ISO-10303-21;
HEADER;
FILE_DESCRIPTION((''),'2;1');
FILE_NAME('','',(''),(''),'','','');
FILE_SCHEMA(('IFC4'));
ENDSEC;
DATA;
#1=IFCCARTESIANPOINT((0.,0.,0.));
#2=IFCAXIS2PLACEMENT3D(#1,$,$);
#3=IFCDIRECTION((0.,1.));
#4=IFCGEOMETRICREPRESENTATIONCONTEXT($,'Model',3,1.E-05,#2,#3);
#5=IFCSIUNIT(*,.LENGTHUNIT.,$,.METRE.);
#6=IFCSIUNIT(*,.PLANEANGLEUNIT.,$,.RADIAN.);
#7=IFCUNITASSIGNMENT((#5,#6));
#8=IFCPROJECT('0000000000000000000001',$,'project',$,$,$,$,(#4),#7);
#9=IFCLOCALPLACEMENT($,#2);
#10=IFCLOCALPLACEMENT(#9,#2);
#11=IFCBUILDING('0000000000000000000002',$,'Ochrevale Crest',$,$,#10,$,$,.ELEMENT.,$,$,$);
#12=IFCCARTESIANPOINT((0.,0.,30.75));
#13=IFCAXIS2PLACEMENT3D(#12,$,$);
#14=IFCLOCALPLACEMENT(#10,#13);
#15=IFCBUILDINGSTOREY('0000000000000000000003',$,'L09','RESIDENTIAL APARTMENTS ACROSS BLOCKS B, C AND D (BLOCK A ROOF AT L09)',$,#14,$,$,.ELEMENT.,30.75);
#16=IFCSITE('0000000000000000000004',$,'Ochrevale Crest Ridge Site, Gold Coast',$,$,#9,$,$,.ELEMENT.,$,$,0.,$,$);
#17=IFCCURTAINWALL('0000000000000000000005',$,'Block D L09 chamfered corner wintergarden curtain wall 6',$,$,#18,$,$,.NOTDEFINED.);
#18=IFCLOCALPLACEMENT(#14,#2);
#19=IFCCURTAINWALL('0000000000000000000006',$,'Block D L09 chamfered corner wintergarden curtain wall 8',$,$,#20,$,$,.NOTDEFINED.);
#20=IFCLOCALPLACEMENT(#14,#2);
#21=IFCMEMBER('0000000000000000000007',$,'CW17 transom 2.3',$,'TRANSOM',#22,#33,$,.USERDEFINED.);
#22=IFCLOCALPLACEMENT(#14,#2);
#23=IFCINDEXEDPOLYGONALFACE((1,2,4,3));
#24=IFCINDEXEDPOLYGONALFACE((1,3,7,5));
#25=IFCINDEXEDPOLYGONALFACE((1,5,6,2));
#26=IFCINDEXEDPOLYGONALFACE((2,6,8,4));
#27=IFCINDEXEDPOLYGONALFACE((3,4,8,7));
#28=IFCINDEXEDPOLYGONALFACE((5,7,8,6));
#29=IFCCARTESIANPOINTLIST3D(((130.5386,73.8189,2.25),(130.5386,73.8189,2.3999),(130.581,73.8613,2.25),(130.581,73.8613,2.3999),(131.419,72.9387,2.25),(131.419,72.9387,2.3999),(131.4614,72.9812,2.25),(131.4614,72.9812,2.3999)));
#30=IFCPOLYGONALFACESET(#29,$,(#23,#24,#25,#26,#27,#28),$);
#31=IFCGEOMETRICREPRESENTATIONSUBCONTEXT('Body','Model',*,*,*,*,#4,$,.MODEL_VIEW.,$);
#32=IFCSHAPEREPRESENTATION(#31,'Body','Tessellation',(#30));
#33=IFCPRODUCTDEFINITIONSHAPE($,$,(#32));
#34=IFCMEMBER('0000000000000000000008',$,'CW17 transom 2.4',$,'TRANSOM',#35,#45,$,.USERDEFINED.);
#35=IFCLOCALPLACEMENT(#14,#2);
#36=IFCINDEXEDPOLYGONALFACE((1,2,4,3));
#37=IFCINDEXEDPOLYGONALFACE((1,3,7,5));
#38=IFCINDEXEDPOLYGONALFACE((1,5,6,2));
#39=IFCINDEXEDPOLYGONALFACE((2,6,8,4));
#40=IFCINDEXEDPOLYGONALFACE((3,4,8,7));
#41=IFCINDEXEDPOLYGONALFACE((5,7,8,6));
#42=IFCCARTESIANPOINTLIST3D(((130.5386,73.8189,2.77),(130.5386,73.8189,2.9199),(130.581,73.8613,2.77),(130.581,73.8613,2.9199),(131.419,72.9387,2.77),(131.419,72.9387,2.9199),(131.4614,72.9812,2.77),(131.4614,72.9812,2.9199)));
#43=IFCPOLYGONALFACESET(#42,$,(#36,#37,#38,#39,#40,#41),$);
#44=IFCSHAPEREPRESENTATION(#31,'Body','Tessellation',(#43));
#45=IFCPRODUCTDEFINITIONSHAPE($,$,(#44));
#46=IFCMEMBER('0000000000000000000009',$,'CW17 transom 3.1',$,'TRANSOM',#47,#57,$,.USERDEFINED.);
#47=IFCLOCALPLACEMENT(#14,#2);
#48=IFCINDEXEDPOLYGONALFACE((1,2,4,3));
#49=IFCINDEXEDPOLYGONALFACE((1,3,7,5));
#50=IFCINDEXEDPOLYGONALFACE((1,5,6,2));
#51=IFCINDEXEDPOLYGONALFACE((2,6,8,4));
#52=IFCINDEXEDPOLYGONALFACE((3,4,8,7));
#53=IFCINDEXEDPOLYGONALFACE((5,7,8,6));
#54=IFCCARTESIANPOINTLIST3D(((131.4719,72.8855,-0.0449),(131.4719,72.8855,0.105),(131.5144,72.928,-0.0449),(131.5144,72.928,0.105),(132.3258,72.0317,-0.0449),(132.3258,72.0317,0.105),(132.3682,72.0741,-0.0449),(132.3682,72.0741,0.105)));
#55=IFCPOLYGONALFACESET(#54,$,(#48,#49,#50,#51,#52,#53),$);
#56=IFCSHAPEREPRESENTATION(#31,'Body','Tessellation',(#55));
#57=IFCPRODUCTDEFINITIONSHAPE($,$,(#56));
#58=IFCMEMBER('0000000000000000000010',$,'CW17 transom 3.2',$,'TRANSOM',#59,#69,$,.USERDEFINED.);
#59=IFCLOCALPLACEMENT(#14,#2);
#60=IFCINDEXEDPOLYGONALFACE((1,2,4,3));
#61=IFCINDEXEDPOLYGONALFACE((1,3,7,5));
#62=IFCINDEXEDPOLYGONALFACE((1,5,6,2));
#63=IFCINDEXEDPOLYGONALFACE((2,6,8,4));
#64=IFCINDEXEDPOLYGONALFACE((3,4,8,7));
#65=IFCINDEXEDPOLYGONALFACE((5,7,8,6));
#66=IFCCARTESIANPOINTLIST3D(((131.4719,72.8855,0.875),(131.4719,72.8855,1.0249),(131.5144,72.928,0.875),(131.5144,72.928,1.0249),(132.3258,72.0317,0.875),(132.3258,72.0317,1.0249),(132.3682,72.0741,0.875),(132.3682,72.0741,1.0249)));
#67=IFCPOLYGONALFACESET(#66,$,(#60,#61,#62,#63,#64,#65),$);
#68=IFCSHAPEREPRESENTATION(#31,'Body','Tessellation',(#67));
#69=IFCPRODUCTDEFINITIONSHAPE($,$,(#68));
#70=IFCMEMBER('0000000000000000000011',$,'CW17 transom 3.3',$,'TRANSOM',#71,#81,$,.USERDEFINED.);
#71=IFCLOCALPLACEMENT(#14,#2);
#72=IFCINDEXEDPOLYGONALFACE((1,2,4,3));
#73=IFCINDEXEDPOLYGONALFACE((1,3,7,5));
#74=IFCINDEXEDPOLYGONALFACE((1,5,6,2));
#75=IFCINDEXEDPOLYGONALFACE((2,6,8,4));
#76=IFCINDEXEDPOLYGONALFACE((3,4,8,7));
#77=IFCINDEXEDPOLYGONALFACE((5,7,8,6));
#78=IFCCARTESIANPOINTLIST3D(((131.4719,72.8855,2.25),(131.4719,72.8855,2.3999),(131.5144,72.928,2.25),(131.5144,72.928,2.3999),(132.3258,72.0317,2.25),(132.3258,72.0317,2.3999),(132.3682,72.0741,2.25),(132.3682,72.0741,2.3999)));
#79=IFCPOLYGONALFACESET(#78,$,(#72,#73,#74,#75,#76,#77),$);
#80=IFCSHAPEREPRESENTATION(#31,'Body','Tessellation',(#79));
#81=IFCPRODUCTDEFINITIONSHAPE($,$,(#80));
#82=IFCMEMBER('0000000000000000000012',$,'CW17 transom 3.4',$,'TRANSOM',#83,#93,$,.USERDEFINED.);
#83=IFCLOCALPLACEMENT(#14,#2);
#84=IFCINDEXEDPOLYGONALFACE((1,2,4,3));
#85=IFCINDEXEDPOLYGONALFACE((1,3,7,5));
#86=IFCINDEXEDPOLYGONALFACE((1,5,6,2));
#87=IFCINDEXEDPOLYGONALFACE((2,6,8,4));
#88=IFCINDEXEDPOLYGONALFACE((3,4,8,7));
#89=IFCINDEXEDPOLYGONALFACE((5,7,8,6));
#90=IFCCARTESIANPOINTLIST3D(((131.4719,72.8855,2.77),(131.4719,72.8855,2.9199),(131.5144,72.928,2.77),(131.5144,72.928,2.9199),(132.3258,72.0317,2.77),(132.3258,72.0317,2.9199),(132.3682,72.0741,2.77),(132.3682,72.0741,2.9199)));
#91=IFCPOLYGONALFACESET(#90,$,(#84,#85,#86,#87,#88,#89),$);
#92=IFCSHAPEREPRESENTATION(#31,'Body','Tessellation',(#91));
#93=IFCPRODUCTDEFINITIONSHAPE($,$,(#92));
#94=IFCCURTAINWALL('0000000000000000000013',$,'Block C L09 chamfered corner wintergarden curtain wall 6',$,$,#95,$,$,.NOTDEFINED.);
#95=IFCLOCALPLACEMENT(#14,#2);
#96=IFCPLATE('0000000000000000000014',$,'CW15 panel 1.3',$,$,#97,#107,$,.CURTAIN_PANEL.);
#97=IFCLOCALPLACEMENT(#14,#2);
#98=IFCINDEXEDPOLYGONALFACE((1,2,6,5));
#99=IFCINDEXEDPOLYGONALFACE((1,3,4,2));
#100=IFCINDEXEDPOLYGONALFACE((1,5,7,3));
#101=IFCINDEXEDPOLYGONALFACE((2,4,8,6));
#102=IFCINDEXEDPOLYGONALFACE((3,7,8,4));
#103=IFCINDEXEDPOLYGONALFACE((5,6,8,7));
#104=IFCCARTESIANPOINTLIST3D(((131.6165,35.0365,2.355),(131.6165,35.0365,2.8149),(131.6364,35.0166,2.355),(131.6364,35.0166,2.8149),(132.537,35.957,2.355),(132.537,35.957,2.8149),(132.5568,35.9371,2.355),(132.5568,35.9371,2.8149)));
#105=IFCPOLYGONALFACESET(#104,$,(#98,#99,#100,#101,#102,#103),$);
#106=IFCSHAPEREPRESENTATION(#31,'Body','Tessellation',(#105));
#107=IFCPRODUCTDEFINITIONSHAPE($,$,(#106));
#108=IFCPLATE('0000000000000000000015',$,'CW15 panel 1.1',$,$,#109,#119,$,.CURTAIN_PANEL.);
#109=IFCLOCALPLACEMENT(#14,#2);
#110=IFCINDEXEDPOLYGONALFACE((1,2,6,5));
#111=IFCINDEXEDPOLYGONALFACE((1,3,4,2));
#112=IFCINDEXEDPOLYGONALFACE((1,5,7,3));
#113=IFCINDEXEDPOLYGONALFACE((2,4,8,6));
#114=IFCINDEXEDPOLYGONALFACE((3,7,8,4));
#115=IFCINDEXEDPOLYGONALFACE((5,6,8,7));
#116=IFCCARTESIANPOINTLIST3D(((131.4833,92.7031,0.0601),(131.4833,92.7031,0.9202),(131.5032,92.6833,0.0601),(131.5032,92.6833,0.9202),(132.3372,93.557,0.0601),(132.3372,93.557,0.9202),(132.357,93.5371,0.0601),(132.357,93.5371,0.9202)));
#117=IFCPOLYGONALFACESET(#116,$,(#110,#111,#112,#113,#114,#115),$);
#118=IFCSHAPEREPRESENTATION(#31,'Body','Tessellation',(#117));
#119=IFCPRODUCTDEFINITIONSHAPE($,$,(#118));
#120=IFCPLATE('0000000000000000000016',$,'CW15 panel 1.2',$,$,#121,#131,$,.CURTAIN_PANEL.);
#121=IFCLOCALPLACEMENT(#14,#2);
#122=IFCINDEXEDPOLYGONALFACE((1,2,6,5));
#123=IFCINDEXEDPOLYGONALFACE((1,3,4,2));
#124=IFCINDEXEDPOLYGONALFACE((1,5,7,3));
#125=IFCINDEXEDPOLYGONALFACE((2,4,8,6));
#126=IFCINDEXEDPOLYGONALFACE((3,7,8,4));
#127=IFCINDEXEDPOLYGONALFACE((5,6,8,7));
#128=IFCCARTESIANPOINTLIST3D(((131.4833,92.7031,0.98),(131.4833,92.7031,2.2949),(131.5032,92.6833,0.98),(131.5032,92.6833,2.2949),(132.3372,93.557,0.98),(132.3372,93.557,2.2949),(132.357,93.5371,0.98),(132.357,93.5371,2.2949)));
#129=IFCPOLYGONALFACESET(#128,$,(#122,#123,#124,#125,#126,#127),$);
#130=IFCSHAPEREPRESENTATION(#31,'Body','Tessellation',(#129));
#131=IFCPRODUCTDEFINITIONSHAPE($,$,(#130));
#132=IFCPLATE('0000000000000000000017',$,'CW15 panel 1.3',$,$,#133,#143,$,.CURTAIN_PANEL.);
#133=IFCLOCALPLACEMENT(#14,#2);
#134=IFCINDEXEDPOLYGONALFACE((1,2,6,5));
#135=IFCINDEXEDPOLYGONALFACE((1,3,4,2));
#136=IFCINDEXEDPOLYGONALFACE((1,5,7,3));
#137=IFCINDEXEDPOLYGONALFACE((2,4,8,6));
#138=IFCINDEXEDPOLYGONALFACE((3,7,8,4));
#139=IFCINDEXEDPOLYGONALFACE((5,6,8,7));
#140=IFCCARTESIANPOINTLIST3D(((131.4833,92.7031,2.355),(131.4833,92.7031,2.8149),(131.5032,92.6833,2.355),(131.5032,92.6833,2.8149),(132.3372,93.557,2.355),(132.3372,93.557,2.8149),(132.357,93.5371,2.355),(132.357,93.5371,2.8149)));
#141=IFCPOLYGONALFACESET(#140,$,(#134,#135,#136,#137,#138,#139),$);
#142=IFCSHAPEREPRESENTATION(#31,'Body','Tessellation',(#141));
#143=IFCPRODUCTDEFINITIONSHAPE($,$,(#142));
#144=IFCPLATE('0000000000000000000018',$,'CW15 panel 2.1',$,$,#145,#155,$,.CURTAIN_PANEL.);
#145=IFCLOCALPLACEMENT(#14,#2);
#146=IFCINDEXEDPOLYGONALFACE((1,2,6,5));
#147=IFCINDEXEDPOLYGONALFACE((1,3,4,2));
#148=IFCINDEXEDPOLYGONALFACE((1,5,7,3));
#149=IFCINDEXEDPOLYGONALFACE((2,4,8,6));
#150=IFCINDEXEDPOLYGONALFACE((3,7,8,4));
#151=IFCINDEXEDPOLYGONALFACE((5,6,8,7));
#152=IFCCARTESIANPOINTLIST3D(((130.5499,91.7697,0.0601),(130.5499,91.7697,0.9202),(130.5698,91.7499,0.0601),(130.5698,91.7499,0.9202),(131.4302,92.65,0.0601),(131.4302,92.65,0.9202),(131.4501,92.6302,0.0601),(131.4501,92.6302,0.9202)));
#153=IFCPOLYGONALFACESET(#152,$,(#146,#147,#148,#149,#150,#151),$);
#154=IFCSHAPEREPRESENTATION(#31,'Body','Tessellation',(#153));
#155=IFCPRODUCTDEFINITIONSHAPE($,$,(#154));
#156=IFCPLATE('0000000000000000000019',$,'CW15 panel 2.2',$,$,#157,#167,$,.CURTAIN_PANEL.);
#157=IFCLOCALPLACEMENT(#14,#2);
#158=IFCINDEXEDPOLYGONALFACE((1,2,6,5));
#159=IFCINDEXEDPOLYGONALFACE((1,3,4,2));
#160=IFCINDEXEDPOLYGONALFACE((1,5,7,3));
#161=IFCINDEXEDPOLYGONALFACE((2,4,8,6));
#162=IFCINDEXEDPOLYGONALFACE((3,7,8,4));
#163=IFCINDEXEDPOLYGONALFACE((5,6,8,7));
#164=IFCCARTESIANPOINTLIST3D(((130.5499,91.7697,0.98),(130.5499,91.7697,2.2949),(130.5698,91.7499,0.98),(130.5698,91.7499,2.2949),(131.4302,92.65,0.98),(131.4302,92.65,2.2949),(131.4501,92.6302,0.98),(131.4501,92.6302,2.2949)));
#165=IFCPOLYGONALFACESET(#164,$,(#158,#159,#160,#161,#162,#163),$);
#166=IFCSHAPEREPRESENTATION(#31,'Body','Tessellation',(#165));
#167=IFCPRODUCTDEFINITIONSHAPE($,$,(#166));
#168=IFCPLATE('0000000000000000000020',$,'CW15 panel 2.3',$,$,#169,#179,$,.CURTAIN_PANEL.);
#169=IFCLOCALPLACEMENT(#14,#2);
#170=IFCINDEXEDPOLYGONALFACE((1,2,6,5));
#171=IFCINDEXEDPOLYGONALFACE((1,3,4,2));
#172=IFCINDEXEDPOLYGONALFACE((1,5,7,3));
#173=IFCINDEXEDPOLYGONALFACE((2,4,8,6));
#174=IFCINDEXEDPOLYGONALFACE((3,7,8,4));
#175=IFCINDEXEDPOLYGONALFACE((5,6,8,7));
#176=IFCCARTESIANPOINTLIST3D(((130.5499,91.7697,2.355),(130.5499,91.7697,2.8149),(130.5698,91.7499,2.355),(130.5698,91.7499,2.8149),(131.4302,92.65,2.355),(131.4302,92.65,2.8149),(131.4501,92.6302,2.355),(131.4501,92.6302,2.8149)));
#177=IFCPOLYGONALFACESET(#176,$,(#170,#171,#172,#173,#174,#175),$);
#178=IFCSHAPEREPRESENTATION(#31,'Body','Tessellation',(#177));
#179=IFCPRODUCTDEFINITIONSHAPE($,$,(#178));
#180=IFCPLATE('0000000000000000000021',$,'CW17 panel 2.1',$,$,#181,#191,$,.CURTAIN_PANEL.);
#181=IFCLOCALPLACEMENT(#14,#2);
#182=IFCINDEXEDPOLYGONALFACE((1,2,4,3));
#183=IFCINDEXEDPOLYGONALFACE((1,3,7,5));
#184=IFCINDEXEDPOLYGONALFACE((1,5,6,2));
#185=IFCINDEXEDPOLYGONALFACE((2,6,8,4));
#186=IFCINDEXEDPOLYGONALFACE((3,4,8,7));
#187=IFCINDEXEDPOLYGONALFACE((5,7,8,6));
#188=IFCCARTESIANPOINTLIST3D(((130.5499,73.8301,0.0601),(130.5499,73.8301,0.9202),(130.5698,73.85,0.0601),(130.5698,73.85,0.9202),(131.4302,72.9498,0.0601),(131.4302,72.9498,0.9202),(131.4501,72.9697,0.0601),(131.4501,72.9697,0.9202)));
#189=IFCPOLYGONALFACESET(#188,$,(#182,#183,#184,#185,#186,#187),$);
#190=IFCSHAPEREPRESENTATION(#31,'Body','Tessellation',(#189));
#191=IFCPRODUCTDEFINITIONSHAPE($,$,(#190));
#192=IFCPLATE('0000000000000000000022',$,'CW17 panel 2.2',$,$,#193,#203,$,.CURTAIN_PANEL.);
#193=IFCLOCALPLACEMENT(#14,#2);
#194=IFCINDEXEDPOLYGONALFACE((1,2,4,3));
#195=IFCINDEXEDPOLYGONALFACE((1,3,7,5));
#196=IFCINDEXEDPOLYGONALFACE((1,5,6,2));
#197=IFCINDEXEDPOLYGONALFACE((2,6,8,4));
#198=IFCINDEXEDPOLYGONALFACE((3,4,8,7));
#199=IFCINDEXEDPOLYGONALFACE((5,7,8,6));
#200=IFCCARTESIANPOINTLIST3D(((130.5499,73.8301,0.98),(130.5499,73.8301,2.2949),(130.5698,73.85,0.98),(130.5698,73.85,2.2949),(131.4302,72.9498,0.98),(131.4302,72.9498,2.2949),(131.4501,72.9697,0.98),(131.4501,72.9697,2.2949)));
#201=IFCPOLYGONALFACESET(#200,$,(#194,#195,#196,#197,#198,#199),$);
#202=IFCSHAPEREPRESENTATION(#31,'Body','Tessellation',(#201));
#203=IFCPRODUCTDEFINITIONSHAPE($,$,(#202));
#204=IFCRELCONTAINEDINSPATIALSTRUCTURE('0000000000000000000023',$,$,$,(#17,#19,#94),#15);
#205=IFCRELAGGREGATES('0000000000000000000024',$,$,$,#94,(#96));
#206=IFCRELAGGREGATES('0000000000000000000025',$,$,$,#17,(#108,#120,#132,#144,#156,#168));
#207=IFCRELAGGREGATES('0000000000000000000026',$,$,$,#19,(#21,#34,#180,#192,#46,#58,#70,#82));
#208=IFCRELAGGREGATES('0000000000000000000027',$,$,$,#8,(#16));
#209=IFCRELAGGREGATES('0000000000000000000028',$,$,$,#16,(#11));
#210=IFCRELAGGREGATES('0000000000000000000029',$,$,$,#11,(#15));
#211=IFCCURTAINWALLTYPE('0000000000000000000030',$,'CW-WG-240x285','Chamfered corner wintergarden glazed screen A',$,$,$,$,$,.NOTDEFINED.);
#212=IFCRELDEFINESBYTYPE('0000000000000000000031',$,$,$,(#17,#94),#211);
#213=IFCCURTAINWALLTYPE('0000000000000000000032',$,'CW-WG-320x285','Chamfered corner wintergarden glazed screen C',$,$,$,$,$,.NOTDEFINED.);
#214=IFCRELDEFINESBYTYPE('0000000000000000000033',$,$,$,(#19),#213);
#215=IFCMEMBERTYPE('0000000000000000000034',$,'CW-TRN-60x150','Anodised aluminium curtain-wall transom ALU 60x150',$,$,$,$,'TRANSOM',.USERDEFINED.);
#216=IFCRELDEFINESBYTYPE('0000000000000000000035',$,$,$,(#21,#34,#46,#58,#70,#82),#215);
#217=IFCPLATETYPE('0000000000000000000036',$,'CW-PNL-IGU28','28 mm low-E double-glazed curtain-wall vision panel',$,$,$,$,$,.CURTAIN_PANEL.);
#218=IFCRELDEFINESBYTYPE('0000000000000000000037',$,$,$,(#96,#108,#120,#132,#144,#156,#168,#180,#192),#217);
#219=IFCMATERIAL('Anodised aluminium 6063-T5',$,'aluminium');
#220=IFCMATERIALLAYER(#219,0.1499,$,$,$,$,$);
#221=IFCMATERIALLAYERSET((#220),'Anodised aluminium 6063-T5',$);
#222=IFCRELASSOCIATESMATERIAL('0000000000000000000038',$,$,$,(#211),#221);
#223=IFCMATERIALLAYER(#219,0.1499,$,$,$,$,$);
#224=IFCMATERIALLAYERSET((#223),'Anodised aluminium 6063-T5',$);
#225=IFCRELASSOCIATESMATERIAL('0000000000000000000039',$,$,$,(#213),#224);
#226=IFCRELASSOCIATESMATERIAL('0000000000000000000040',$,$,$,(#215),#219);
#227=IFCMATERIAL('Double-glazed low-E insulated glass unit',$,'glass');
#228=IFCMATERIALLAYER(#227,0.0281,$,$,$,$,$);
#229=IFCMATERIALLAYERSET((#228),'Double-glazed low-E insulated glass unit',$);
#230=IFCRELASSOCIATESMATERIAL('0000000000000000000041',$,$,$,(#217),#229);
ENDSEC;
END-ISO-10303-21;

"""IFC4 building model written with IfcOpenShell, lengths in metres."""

from ifc_helpers import new_model, si_unit, direction, frame, origin, origin_2d, place, context, subcontext, project, spatial, rectangle, extrude, material, layer, layer_set, material_profile, profile_set, type_object, element, aggregate, save


model = new_model("IFC4")

# Units and contexts
model_context = context("Model", 3, precision=1e-05, world=origin(), true_north=direction((0.0, 1.0)))
body_context = subcontext(model_context, "Body", "Model", "MODEL_VIEW")
ifc_project = project(units=[si_unit("LENGTHUNIT", "METRE"), si_unit("PLANEANGLEUNIT", "RADIAN")], contexts=[model_context])

# Site, building, storey
site_placement = place(None, origin())
site = spatial("IfcSite", under=ifc_project, at=site_placement, Name="Ochrevale Crest Ridge Site, Gold Coast", CompositionType="ELEMENT", RefElevation=0.0)
building_placement = place(site_placement, origin())
building = spatial("IfcBuilding", under=site, at=building_placement, Name="Ochrevale Crest", CompositionType="ELEMENT")
storey_placement = place(building_placement, frame((0.0, 0.0, 30.75)))
storey = spatial("IfcBuildingStorey", under=building, at=storey_placement, Name="L09", Description="RESIDENTIAL APARTMENTS ACROSS BLOCKS B, C AND D (BLOCK A ROOF AT L09)", CompositionType="ELEMENT", Elevation=30.75)

# Curtain walls
ifc_material_1 = material(Name="Anodised aluminium 6063-T5", Category="aluminium")
ifc_layer_1 = layer(ifc_material_1, 0.1499)
ifc_layer_set_1 = layer_set([ifc_layer_1], Name="Anodised aluminium 6063-T5")
curtain_wall_type_1 = type_object("IfcCurtainWallType", Name="CW-WG-240x285", Description="Chamfered corner wintergarden glazed screen A", PredefinedType="NOTDEFINED", material=ifc_layer_set_1)
curtain_wall_1_placement = place(storey_placement, origin())
curtain_wall_1 = element("IfcCurtainWall", 1, at=curtain_wall_1_placement, inside=storey, type_object=curtain_wall_type_1, Name="Block D L09 chamfered corner wintergarden curtain wall 6", PredefinedType="NOTDEFINED")
ifc_layer_2 = layer(ifc_material_1, 0.1499)
ifc_layer_set_2 = layer_set([ifc_layer_2], Name="Anodised aluminium 6063-T5")
curtain_wall_type_2 = type_object("IfcCurtainWallType", Name="CW-WG-320x285", Description="Chamfered corner wintergarden glazed screen C", PredefinedType="NOTDEFINED", material=ifc_layer_set_2)
curtain_wall_2_placement = place(storey_placement, origin())
curtain_wall_2 = element("IfcCurtainWall", 2, at=curtain_wall_2_placement, inside=storey, type_object=curtain_wall_type_2, Name="Block D L09 chamfered corner wintergarden curtain wall 8", PredefinedType="NOTDEFINED")

# Members
ifc_material_profile_1 = material_profile(ifc_material_1, rectangle(XDim=0.0601, YDim=0.1499, at=origin_2d()), Name="ALU 60x150")
ifc_profile_set_1 = profile_set([ifc_material_profile_1], Name="Anodised aluminium 6063-T5")
member_type_1 = type_object("IfcMemberType", Name="CW-TRN-60x150", Description="Anodised aluminium curtain-wall transom ALU 60x150", ElementType="TRANSOM", PredefinedType="USERDEFINED", material=ifc_profile_set_1)
member_1_placement = place(storey_placement, frame((130.5598, 73.8401, 2.325), z_axis=(0.707205, -0.707009, 0.0), x_axis=(0.707009, 0.707205, 0.0)))
member_1 = element("IfcMember", 3, at=member_1_placement, type_object=member_type_1, Name="CW17 transom 2.3", ObjectType="TRANSOM", PredefinedType="USERDEFINED", context=body_context, shape_type="SweptSolid", body=[
    extrude(rectangle(XDim=0.0601, YDim=0.1499, at=origin_2d()), origin(), (0.0, 0.0, 1.0), 1.2449),
])
member_2_placement = place(storey_placement, frame((130.5598, 73.8401, 2.845), z_axis=(0.707205, -0.707009, 0.0), x_axis=(0.707009, 0.707205, 0.0)))
member_2 = element("IfcMember", 4, at=member_2_placement, type_object=member_type_1, Name="CW17 transom 2.4", ObjectType="TRANSOM", PredefinedType="USERDEFINED", context=body_context, shape_type="SweptSolid", body=[
    extrude(rectangle(XDim=0.0601, YDim=0.1499, at=origin_2d()), origin(), (0.0, 0.0, 1.0), 1.2449),
])
member_3_placement = place(storey_placement, frame((131.4932, 72.9067, 0.03), z_axis=(0.707107, -0.707107, 0.0), x_axis=(0.707107, 0.707107, 0.0)))
member_3 = element("IfcMember", 5, at=member_3_placement, type_object=member_type_1, Name="CW17 transom 3.1", ObjectType="TRANSOM", PredefinedType="USERDEFINED", context=body_context, shape_type="SweptSolid", body=[
    extrude(rectangle(XDim=0.0601, YDim=0.1499, at=origin_2d()), origin(), (0.0, 0.0, 1.0), 1.2075),
])
member_4_placement = place(storey_placement, frame((131.4932, 72.9067, 0.95), z_axis=(0.707107, -0.707107, 0.0), x_axis=(0.707107, 0.707107, 0.0)))
member_4 = element("IfcMember", 6, at=member_4_placement, type_object=member_type_1, Name="CW17 transom 3.2", ObjectType="TRANSOM", PredefinedType="USERDEFINED", context=body_context, shape_type="SweptSolid", body=[
    extrude(rectangle(XDim=0.0601, YDim=0.1499, at=origin_2d()), origin(), (0.0, 0.0, 1.0), 1.2075),
])
member_5_placement = place(storey_placement, frame((131.4932, 72.9067, 2.325), z_axis=(0.707107, -0.707107, 0.0), x_axis=(0.707107, 0.707107, 0.0)))
member_5 = element("IfcMember", 7, at=member_5_placement, type_object=member_type_1, Name="CW17 transom 3.3", ObjectType="TRANSOM", PredefinedType="USERDEFINED", context=body_context, shape_type="SweptSolid", body=[
    extrude(rectangle(XDim=0.0601, YDim=0.1499, at=origin_2d()), origin(), (0.0, 0.0, 1.0), 1.2075),
])
member_6_placement = place(storey_placement, frame((131.4932, 72.9067, 2.845), z_axis=(0.707107, -0.707107, 0.0), x_axis=(0.707107, 0.707107, 0.0)))
member_6 = element("IfcMember", 8, at=member_6_placement, type_object=member_type_1, Name="CW17 transom 3.4", ObjectType="TRANSOM", PredefinedType="USERDEFINED", context=body_context, shape_type="SweptSolid", body=[
    extrude(rectangle(XDim=0.0601, YDim=0.1499, at=origin_2d()), origin(), (0.0, 0.0, 1.0), 1.2075),
])

# Curtain wall, plate
curtain_wall_3_placement = place(storey_placement, origin())
curtain_wall_3 = element("IfcCurtainWall", 9, at=curtain_wall_3_placement, inside=storey, type_object=curtain_wall_type_1, Name="Block C L09 chamfered corner wintergarden curtain wall 6", PredefinedType="NOTDEFINED")
ifc_material_2 = material(Name="Double-glazed low-E insulated glass unit", Category="glass")
ifc_layer_3 = layer(ifc_material_2, 0.0281)
ifc_layer_set_3 = layer_set([ifc_layer_3], Name="Double-glazed low-E insulated glass unit")
plate_type = type_object("IfcPlateType", Name="CW-PNL-IGU28", Description="28 mm low-E double-glazed curtain-wall vision panel", PredefinedType="CURTAIN_PANEL", material=ifc_layer_set_3)
plate_1_placement = place(storey_placement, frame((132.0867, 35.4868, 2.355), z_axis=(0.0, 0.0, 1.0), x_axis=(-0.707107, -0.707107, 0.0)))
plate_1 = element("IfcPlate", 10, at=plate_1_placement, type_object=plate_type, Name="CW15 panel 1.3", PredefinedType="CURTAIN_PANEL", context=body_context, shape_type="SweptSolid", body=[
    extrude(rectangle(XDim=1.3018, YDim=0.0281, at=origin_2d()), origin(), (0.0, 0.0, 1.0), 0.46),
])
aggregate(curtain_wall_3, [plate_1])

# Plates
plate_2_placement = place(storey_placement, frame((131.9202, 93.1201, 0.0601), z_axis=(0.0, 0.0, 1.0), x_axis=(-0.707107, -0.707107, 0.0)))
plate_2 = element("IfcPlate", 11, at=plate_2_placement, type_object=plate_type, Name="CW15 panel 1.1", PredefinedType="CURTAIN_PANEL", context=body_context, shape_type="SweptSolid", body=[
    extrude(rectangle(XDim=1.2075, YDim=0.0281, at=origin_2d()), origin(), (0.0, 0.0, 1.0), 0.8601),
])
plate_3_placement = place(storey_placement, frame((131.9202, 93.1201, 0.98), z_axis=(0.0, 0.0, 1.0), x_axis=(-0.707107, -0.707107, 0.0)))
plate_3 = element("IfcPlate", 12, at=plate_3_placement, type_object=plate_type, Name="CW15 panel 1.2", PredefinedType="CURTAIN_PANEL", context=body_context, shape_type="SweptSolid", body=[
    extrude(rectangle(XDim=1.2075, YDim=0.0281, at=origin_2d()), origin(), (0.0, 0.0, 1.0), 1.3149),
])
plate_4_placement = place(storey_placement, frame((131.9202, 93.1201, 2.355), z_axis=(0.0, 0.0, 1.0), x_axis=(-0.707107, -0.707107, 0.0)))
plate_4 = element("IfcPlate", 13, at=plate_4_placement, type_object=plate_type, Name="CW15 panel 1.3", PredefinedType="CURTAIN_PANEL", context=body_context, shape_type="SweptSolid", body=[
    extrude(rectangle(XDim=1.2075, YDim=0.0281, at=origin_2d()), origin(), (0.0, 0.0, 1.0), 0.46),
])
plate_5_placement = place(storey_placement, frame((131.0, 92.2, 0.0601), z_axis=(0.0, 0.0, 1.0), x_axis=(-0.707107, -0.707107, 0.0)))
plate_5 = element("IfcPlate", 14, at=plate_5_placement, type_object=plate_type, Name="CW15 panel 2.1", PredefinedType="CURTAIN_PANEL", context=body_context, shape_type="SweptSolid", body=[
    extrude(rectangle(XDim=1.2449, YDim=0.0281, at=origin_2d()), origin(), (0.0, 0.0, 1.0), 0.8601),
])
plate_6_placement = place(storey_placement, frame((131.0, 92.2, 0.98), z_axis=(0.0, 0.0, 1.0), x_axis=(-0.707107, -0.707107, 0.0)))
plate_6 = element("IfcPlate", 15, at=plate_6_placement, type_object=plate_type, Name="CW15 panel 2.2", PredefinedType="CURTAIN_PANEL", context=body_context, shape_type="SweptSolid", body=[
    extrude(rectangle(XDim=1.2449, YDim=0.0281, at=origin_2d()), origin(), (0.0, 0.0, 1.0), 1.3149),
])
plate_7_placement = place(storey_placement, frame((131.0, 92.2, 2.355), z_axis=(0.0, 0.0, 1.0), x_axis=(-0.707107, -0.707107, 0.0)))
plate_7 = element("IfcPlate", 16, at=plate_7_placement, type_object=plate_type, Name="CW15 panel 2.3", PredefinedType="CURTAIN_PANEL", context=body_context, shape_type="SweptSolid", body=[
    extrude(rectangle(XDim=1.2449, YDim=0.0281, at=origin_2d()), origin(), (0.0, 0.0, 1.0), 0.46),
])
aggregate(curtain_wall_1, [plate_2, plate_3, plate_4, plate_5, plate_6, plate_7])
plate_8_placement = place(storey_placement, frame((131.0, 73.3999, 0.0601), z_axis=(0.0, 0.0, 1.0), x_axis=(0.707107, -0.707107, 0.0)))
plate_8 = element("IfcPlate", 17, at=plate_8_placement, type_object=plate_type, Name="CW17 panel 2.1", PredefinedType="CURTAIN_PANEL", context=body_context, shape_type="SweptSolid", body=[
    extrude(rectangle(XDim=1.2449, YDim=0.0281, at=origin_2d()), origin(), (0.0, 0.0, 1.0), 0.8601),
])
plate_9_placement = place(storey_placement, frame((131.0, 73.3999, 0.98), z_axis=(0.0, 0.0, 1.0), x_axis=(0.707107, -0.707107, 0.0)))
plate_9 = element("IfcPlate", 18, at=plate_9_placement, type_object=plate_type, Name="CW17 panel 2.2", PredefinedType="CURTAIN_PANEL", context=body_context, shape_type="SweptSolid", body=[
    extrude(rectangle(XDim=1.2449, YDim=0.0281, at=origin_2d()), origin(), (0.0, 0.0, 1.0), 1.3149),
])
aggregate(curtain_wall_2, [member_1, member_2, plate_8, plate_9, member_3, member_4, member_5, member_6])

save(model, "model.ifc")
